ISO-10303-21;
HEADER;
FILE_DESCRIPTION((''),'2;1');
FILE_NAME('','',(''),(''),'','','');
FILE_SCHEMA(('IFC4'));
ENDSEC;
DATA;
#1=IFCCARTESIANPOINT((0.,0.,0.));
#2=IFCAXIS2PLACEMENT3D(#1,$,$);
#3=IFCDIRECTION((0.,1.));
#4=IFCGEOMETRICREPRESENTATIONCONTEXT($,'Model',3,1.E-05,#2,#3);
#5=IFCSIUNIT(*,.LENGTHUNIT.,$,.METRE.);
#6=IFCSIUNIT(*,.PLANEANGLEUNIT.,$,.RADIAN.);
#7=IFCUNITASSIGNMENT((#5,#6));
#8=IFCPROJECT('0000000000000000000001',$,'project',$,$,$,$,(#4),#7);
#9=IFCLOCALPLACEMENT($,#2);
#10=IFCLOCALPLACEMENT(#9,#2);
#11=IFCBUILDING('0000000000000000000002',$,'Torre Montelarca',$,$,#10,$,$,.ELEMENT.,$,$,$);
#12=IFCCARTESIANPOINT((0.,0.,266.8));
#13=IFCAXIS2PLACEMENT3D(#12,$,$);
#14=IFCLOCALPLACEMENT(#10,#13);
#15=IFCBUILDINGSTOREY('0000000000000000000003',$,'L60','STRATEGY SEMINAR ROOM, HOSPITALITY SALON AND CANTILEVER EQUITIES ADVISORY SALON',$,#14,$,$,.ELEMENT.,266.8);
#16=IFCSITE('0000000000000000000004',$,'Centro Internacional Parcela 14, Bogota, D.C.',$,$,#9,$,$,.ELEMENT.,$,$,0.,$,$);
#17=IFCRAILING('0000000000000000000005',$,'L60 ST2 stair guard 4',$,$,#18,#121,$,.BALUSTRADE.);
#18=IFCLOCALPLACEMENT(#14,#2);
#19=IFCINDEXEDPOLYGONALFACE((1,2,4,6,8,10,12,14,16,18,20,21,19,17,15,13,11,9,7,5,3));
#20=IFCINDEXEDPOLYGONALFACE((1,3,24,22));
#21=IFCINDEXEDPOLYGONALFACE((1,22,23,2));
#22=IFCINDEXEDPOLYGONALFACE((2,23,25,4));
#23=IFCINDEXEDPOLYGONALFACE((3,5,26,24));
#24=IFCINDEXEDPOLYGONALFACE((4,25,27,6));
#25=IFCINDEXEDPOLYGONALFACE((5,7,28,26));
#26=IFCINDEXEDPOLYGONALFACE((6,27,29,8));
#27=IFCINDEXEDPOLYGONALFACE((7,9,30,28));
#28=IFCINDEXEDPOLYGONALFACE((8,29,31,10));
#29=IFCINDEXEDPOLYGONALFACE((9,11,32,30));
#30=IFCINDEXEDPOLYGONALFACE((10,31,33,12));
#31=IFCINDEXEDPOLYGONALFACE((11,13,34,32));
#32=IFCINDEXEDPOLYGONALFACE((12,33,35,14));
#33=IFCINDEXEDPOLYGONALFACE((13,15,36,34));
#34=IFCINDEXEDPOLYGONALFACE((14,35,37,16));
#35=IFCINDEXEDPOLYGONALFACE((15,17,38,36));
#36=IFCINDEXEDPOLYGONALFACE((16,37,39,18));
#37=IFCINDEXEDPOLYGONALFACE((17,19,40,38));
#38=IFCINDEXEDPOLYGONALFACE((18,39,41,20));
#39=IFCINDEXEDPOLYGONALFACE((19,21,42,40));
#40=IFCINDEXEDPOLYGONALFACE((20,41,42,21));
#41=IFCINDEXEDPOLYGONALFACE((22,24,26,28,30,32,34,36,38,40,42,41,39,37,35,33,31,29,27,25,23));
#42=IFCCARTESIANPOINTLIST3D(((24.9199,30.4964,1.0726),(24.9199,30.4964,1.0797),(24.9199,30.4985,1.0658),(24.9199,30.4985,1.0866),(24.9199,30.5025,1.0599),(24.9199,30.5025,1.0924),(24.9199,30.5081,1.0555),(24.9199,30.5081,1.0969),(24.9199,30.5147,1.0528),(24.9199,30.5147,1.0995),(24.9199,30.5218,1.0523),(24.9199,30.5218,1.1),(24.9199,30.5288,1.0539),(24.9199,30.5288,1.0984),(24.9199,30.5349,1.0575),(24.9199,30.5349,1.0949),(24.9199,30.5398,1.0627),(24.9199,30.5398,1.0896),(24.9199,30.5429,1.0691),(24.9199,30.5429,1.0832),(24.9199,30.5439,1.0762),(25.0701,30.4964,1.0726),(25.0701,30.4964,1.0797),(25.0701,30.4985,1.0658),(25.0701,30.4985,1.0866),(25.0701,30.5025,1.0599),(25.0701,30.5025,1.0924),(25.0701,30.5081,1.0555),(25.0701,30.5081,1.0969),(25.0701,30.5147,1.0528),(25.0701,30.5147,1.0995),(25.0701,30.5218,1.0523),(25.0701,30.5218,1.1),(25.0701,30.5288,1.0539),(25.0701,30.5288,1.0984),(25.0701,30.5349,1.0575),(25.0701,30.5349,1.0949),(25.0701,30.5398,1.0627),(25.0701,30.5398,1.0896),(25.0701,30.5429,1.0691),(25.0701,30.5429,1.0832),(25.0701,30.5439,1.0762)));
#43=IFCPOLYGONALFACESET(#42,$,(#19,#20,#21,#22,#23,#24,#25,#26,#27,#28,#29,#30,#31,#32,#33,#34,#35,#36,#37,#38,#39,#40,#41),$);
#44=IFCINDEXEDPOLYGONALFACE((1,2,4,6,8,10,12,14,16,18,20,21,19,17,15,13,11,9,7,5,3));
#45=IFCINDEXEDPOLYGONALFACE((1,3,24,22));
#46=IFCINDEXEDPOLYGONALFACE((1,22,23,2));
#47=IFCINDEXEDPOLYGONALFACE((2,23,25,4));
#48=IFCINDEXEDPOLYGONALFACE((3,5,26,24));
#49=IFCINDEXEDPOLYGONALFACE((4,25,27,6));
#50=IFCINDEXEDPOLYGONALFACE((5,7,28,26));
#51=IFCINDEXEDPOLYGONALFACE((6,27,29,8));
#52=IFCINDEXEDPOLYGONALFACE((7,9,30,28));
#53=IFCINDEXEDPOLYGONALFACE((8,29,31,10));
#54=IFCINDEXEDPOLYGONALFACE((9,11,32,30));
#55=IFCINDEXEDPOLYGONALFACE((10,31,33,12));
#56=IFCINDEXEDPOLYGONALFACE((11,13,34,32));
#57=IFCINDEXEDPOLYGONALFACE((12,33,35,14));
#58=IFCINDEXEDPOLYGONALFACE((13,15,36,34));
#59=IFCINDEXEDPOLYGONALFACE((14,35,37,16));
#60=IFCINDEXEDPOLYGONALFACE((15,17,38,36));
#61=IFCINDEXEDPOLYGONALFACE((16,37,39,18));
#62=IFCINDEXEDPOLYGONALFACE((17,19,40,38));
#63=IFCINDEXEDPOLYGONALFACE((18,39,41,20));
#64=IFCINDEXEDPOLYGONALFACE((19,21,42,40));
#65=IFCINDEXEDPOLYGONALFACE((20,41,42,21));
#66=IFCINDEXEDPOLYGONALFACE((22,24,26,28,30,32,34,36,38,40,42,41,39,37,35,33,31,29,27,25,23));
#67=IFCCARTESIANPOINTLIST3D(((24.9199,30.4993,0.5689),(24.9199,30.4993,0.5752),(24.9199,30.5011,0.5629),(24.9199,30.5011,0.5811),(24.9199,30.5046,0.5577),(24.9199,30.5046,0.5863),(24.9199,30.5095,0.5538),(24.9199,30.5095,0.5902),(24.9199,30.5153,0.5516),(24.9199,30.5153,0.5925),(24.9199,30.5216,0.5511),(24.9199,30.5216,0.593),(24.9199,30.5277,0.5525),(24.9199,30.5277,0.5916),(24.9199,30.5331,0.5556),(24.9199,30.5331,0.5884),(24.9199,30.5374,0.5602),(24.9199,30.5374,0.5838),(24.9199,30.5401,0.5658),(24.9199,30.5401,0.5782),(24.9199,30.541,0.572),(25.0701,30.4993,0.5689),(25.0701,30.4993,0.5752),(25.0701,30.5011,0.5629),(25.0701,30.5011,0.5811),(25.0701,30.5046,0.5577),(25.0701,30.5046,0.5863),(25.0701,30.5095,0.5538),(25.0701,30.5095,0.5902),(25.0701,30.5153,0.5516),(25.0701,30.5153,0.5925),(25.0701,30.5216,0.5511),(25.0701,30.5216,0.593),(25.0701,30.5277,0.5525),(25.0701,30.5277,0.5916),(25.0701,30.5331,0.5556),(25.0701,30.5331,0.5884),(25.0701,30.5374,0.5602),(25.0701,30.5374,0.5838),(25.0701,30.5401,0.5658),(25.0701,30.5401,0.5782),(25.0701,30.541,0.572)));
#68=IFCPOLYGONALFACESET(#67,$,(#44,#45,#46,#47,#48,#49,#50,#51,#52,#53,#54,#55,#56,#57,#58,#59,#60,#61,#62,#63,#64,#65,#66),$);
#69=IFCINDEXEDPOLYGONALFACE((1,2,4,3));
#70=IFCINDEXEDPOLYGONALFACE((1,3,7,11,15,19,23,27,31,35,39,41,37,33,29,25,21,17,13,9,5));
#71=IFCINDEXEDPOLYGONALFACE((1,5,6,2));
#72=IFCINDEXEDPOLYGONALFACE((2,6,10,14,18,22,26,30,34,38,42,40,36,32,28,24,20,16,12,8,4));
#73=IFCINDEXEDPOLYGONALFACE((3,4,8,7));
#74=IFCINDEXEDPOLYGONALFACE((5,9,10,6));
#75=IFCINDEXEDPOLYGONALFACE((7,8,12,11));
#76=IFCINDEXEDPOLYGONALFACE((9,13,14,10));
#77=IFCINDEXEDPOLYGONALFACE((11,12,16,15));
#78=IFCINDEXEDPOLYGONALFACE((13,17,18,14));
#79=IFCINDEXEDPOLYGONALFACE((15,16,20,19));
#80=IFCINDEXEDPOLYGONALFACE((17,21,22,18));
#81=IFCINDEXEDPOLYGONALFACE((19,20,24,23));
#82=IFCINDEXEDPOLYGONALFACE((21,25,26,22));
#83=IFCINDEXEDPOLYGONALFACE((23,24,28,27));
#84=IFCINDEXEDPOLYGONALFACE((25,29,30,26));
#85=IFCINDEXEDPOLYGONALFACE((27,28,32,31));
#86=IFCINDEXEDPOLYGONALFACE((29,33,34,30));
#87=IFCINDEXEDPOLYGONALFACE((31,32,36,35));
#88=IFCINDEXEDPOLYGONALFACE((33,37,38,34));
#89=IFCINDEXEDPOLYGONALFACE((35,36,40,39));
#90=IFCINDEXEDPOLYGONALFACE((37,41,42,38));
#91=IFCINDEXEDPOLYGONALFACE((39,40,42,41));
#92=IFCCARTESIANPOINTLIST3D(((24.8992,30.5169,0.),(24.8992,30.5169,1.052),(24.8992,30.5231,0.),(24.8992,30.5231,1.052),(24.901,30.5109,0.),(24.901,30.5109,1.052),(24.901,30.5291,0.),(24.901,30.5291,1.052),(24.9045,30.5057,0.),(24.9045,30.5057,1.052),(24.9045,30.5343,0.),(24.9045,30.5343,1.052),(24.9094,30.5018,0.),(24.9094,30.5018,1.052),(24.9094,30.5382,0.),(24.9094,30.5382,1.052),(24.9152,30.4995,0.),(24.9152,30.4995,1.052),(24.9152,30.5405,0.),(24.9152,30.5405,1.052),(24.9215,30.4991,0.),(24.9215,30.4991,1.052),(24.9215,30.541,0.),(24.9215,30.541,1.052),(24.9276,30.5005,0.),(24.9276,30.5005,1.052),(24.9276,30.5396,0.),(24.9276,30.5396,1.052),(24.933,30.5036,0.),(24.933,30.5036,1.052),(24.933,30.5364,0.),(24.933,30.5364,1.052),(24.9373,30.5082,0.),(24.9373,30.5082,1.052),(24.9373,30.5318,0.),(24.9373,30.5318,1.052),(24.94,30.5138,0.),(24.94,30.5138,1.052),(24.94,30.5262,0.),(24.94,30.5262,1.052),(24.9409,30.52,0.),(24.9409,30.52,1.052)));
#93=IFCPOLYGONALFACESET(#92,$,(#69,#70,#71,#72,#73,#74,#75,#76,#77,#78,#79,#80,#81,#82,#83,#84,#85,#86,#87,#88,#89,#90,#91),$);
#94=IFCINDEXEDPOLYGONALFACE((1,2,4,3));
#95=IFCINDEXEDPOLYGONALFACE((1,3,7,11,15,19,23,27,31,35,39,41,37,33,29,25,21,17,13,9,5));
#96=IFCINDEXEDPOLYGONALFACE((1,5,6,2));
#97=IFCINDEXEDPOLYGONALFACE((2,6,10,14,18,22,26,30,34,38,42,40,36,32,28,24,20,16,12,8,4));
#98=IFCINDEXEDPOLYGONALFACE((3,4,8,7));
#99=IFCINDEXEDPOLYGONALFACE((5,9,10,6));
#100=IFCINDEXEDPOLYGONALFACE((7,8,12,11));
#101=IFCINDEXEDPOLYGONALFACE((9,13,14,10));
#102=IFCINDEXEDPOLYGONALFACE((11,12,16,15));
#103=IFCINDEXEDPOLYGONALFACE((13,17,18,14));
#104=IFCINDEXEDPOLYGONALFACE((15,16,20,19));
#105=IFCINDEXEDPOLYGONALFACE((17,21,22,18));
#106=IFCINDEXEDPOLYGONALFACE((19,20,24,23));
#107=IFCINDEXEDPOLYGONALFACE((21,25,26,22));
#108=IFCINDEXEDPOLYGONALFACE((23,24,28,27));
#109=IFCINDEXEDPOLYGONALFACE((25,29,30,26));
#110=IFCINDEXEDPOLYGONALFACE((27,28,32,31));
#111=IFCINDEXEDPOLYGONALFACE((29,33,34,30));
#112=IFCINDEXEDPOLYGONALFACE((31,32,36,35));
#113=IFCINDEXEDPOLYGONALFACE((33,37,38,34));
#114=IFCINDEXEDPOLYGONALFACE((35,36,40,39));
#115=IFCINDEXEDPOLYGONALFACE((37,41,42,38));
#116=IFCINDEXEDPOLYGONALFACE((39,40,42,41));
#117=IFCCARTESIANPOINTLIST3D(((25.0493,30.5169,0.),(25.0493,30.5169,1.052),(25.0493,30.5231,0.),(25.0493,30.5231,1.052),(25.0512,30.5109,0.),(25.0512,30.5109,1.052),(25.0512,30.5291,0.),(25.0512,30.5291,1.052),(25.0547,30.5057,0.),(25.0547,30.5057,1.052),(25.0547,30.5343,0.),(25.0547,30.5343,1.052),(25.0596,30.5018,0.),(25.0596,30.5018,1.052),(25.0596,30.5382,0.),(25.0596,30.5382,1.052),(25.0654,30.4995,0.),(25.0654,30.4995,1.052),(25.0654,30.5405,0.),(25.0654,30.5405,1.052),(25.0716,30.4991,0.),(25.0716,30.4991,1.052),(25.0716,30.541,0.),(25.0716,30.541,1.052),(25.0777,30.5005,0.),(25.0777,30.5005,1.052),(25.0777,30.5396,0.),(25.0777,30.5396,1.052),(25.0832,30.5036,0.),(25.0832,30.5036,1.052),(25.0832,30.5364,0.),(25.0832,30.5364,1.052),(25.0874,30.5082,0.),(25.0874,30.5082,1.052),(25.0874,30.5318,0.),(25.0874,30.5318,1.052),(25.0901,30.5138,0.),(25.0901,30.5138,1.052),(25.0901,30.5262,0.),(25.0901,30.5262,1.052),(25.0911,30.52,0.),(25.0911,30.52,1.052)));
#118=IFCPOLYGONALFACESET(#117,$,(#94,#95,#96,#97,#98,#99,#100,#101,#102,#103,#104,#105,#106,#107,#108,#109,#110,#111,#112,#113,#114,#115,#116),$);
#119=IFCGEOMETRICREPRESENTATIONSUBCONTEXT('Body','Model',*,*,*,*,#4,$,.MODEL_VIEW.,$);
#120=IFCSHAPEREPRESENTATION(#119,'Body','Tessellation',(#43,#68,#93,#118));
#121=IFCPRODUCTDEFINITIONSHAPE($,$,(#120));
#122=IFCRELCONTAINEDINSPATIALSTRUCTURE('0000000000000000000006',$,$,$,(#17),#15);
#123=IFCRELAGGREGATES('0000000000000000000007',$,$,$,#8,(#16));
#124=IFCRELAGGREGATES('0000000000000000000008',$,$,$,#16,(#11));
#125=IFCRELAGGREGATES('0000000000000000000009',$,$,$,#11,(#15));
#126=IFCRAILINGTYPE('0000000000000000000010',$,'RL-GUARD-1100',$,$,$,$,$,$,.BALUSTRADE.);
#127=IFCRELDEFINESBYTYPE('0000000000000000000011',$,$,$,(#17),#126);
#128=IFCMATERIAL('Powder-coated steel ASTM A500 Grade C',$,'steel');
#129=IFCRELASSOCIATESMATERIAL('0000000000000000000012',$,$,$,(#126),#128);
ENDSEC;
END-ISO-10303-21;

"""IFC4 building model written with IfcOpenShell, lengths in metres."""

from ifc_helpers import new_model, si_unit, direction, frame, origin, origin_2d, place, context, subcontext, project, spatial, circle, extrude, material, type_object, element, save


model = new_model("IFC4")

# Units and contexts
model_context = context("Model", 3, precision=1e-05, world=origin(), true_north=direction((0.0, 1.0)))
body_context = subcontext(model_context, "Body", "Model", "MODEL_VIEW")
ifc_project = project(units=[si_unit("LENGTHUNIT", "METRE"), si_unit("PLANEANGLEUNIT", "RADIAN")], contexts=[model_context])

# Site, building, storey
site_placement = place(None, origin())
site = spatial("IfcSite", under=ifc_project, at=site_placement, Name="Centro Internacional Parcela 14, Bogota, D.C.", CompositionType="ELEMENT", RefElevation=0.0)
building_placement = place(site_placement, origin())
building = spatial("IfcBuilding", under=site, at=building_placement, Name="Torre Montelarca", CompositionType="ELEMENT")
storey_placement = place(building_placement, frame((0.0, 0.0, 266.8)))
storey = spatial("IfcBuildingStorey", under=building, at=storey_placement, Name="L60", Description="STRATEGY SEMINAR ROOM, HOSPITALITY SALON AND CANTILEVER EQUITIES ADVISORY SALON", CompositionType="ELEMENT", Elevation=266.8)

# Railing
ifc_material_1 = material(Name="Powder-coated steel ASTM A500 Grade C", Category="steel")
railing_type_1 = type_object("IfcRailingType", Name="RL-GUARD-1100", PredefinedType="BALUSTRADE", material=ifc_material_1)
railing_1_placement = place(storey_placement, frame((24.9199, 30.52, 0.0)))
element("IfcRailing", 1, at=railing_1_placement, inside=storey, type_object=railing_type_1, Name="L60 ST2 stair guard 4", PredefinedType="BALUSTRADE", context=body_context, shape_type="SweptSolid", body=[
    extrude(circle(Radius=0.0239, at=origin_2d()), frame((0.0, 0.0, 1.0762), z_axis=(1.0, 0.0, 0.0), x_axis=(0.0, 1.0, 0.0)), (0.0, 0.0, 1.0), 0.1501),
    extrude(circle(Radius=0.021, at=origin_2d()), frame((0.0, 0.0, 0.572), z_axis=(1.0, 0.0, 0.0), x_axis=(0.0, 1.0, 0.0)), (0.0, 0.0, 1.0), 0.1501),
    extrude(circle(Radius=0.021, at=origin_2d()), origin(), (0.0, 0.0, 1.0), 1.052),
    extrude(circle(Radius=0.021, at=origin_2d()), frame((0.1501, 0.0, 0.0)), (0.0, 0.0, 1.0), 1.052),
])

save(model, "model.ifc")
